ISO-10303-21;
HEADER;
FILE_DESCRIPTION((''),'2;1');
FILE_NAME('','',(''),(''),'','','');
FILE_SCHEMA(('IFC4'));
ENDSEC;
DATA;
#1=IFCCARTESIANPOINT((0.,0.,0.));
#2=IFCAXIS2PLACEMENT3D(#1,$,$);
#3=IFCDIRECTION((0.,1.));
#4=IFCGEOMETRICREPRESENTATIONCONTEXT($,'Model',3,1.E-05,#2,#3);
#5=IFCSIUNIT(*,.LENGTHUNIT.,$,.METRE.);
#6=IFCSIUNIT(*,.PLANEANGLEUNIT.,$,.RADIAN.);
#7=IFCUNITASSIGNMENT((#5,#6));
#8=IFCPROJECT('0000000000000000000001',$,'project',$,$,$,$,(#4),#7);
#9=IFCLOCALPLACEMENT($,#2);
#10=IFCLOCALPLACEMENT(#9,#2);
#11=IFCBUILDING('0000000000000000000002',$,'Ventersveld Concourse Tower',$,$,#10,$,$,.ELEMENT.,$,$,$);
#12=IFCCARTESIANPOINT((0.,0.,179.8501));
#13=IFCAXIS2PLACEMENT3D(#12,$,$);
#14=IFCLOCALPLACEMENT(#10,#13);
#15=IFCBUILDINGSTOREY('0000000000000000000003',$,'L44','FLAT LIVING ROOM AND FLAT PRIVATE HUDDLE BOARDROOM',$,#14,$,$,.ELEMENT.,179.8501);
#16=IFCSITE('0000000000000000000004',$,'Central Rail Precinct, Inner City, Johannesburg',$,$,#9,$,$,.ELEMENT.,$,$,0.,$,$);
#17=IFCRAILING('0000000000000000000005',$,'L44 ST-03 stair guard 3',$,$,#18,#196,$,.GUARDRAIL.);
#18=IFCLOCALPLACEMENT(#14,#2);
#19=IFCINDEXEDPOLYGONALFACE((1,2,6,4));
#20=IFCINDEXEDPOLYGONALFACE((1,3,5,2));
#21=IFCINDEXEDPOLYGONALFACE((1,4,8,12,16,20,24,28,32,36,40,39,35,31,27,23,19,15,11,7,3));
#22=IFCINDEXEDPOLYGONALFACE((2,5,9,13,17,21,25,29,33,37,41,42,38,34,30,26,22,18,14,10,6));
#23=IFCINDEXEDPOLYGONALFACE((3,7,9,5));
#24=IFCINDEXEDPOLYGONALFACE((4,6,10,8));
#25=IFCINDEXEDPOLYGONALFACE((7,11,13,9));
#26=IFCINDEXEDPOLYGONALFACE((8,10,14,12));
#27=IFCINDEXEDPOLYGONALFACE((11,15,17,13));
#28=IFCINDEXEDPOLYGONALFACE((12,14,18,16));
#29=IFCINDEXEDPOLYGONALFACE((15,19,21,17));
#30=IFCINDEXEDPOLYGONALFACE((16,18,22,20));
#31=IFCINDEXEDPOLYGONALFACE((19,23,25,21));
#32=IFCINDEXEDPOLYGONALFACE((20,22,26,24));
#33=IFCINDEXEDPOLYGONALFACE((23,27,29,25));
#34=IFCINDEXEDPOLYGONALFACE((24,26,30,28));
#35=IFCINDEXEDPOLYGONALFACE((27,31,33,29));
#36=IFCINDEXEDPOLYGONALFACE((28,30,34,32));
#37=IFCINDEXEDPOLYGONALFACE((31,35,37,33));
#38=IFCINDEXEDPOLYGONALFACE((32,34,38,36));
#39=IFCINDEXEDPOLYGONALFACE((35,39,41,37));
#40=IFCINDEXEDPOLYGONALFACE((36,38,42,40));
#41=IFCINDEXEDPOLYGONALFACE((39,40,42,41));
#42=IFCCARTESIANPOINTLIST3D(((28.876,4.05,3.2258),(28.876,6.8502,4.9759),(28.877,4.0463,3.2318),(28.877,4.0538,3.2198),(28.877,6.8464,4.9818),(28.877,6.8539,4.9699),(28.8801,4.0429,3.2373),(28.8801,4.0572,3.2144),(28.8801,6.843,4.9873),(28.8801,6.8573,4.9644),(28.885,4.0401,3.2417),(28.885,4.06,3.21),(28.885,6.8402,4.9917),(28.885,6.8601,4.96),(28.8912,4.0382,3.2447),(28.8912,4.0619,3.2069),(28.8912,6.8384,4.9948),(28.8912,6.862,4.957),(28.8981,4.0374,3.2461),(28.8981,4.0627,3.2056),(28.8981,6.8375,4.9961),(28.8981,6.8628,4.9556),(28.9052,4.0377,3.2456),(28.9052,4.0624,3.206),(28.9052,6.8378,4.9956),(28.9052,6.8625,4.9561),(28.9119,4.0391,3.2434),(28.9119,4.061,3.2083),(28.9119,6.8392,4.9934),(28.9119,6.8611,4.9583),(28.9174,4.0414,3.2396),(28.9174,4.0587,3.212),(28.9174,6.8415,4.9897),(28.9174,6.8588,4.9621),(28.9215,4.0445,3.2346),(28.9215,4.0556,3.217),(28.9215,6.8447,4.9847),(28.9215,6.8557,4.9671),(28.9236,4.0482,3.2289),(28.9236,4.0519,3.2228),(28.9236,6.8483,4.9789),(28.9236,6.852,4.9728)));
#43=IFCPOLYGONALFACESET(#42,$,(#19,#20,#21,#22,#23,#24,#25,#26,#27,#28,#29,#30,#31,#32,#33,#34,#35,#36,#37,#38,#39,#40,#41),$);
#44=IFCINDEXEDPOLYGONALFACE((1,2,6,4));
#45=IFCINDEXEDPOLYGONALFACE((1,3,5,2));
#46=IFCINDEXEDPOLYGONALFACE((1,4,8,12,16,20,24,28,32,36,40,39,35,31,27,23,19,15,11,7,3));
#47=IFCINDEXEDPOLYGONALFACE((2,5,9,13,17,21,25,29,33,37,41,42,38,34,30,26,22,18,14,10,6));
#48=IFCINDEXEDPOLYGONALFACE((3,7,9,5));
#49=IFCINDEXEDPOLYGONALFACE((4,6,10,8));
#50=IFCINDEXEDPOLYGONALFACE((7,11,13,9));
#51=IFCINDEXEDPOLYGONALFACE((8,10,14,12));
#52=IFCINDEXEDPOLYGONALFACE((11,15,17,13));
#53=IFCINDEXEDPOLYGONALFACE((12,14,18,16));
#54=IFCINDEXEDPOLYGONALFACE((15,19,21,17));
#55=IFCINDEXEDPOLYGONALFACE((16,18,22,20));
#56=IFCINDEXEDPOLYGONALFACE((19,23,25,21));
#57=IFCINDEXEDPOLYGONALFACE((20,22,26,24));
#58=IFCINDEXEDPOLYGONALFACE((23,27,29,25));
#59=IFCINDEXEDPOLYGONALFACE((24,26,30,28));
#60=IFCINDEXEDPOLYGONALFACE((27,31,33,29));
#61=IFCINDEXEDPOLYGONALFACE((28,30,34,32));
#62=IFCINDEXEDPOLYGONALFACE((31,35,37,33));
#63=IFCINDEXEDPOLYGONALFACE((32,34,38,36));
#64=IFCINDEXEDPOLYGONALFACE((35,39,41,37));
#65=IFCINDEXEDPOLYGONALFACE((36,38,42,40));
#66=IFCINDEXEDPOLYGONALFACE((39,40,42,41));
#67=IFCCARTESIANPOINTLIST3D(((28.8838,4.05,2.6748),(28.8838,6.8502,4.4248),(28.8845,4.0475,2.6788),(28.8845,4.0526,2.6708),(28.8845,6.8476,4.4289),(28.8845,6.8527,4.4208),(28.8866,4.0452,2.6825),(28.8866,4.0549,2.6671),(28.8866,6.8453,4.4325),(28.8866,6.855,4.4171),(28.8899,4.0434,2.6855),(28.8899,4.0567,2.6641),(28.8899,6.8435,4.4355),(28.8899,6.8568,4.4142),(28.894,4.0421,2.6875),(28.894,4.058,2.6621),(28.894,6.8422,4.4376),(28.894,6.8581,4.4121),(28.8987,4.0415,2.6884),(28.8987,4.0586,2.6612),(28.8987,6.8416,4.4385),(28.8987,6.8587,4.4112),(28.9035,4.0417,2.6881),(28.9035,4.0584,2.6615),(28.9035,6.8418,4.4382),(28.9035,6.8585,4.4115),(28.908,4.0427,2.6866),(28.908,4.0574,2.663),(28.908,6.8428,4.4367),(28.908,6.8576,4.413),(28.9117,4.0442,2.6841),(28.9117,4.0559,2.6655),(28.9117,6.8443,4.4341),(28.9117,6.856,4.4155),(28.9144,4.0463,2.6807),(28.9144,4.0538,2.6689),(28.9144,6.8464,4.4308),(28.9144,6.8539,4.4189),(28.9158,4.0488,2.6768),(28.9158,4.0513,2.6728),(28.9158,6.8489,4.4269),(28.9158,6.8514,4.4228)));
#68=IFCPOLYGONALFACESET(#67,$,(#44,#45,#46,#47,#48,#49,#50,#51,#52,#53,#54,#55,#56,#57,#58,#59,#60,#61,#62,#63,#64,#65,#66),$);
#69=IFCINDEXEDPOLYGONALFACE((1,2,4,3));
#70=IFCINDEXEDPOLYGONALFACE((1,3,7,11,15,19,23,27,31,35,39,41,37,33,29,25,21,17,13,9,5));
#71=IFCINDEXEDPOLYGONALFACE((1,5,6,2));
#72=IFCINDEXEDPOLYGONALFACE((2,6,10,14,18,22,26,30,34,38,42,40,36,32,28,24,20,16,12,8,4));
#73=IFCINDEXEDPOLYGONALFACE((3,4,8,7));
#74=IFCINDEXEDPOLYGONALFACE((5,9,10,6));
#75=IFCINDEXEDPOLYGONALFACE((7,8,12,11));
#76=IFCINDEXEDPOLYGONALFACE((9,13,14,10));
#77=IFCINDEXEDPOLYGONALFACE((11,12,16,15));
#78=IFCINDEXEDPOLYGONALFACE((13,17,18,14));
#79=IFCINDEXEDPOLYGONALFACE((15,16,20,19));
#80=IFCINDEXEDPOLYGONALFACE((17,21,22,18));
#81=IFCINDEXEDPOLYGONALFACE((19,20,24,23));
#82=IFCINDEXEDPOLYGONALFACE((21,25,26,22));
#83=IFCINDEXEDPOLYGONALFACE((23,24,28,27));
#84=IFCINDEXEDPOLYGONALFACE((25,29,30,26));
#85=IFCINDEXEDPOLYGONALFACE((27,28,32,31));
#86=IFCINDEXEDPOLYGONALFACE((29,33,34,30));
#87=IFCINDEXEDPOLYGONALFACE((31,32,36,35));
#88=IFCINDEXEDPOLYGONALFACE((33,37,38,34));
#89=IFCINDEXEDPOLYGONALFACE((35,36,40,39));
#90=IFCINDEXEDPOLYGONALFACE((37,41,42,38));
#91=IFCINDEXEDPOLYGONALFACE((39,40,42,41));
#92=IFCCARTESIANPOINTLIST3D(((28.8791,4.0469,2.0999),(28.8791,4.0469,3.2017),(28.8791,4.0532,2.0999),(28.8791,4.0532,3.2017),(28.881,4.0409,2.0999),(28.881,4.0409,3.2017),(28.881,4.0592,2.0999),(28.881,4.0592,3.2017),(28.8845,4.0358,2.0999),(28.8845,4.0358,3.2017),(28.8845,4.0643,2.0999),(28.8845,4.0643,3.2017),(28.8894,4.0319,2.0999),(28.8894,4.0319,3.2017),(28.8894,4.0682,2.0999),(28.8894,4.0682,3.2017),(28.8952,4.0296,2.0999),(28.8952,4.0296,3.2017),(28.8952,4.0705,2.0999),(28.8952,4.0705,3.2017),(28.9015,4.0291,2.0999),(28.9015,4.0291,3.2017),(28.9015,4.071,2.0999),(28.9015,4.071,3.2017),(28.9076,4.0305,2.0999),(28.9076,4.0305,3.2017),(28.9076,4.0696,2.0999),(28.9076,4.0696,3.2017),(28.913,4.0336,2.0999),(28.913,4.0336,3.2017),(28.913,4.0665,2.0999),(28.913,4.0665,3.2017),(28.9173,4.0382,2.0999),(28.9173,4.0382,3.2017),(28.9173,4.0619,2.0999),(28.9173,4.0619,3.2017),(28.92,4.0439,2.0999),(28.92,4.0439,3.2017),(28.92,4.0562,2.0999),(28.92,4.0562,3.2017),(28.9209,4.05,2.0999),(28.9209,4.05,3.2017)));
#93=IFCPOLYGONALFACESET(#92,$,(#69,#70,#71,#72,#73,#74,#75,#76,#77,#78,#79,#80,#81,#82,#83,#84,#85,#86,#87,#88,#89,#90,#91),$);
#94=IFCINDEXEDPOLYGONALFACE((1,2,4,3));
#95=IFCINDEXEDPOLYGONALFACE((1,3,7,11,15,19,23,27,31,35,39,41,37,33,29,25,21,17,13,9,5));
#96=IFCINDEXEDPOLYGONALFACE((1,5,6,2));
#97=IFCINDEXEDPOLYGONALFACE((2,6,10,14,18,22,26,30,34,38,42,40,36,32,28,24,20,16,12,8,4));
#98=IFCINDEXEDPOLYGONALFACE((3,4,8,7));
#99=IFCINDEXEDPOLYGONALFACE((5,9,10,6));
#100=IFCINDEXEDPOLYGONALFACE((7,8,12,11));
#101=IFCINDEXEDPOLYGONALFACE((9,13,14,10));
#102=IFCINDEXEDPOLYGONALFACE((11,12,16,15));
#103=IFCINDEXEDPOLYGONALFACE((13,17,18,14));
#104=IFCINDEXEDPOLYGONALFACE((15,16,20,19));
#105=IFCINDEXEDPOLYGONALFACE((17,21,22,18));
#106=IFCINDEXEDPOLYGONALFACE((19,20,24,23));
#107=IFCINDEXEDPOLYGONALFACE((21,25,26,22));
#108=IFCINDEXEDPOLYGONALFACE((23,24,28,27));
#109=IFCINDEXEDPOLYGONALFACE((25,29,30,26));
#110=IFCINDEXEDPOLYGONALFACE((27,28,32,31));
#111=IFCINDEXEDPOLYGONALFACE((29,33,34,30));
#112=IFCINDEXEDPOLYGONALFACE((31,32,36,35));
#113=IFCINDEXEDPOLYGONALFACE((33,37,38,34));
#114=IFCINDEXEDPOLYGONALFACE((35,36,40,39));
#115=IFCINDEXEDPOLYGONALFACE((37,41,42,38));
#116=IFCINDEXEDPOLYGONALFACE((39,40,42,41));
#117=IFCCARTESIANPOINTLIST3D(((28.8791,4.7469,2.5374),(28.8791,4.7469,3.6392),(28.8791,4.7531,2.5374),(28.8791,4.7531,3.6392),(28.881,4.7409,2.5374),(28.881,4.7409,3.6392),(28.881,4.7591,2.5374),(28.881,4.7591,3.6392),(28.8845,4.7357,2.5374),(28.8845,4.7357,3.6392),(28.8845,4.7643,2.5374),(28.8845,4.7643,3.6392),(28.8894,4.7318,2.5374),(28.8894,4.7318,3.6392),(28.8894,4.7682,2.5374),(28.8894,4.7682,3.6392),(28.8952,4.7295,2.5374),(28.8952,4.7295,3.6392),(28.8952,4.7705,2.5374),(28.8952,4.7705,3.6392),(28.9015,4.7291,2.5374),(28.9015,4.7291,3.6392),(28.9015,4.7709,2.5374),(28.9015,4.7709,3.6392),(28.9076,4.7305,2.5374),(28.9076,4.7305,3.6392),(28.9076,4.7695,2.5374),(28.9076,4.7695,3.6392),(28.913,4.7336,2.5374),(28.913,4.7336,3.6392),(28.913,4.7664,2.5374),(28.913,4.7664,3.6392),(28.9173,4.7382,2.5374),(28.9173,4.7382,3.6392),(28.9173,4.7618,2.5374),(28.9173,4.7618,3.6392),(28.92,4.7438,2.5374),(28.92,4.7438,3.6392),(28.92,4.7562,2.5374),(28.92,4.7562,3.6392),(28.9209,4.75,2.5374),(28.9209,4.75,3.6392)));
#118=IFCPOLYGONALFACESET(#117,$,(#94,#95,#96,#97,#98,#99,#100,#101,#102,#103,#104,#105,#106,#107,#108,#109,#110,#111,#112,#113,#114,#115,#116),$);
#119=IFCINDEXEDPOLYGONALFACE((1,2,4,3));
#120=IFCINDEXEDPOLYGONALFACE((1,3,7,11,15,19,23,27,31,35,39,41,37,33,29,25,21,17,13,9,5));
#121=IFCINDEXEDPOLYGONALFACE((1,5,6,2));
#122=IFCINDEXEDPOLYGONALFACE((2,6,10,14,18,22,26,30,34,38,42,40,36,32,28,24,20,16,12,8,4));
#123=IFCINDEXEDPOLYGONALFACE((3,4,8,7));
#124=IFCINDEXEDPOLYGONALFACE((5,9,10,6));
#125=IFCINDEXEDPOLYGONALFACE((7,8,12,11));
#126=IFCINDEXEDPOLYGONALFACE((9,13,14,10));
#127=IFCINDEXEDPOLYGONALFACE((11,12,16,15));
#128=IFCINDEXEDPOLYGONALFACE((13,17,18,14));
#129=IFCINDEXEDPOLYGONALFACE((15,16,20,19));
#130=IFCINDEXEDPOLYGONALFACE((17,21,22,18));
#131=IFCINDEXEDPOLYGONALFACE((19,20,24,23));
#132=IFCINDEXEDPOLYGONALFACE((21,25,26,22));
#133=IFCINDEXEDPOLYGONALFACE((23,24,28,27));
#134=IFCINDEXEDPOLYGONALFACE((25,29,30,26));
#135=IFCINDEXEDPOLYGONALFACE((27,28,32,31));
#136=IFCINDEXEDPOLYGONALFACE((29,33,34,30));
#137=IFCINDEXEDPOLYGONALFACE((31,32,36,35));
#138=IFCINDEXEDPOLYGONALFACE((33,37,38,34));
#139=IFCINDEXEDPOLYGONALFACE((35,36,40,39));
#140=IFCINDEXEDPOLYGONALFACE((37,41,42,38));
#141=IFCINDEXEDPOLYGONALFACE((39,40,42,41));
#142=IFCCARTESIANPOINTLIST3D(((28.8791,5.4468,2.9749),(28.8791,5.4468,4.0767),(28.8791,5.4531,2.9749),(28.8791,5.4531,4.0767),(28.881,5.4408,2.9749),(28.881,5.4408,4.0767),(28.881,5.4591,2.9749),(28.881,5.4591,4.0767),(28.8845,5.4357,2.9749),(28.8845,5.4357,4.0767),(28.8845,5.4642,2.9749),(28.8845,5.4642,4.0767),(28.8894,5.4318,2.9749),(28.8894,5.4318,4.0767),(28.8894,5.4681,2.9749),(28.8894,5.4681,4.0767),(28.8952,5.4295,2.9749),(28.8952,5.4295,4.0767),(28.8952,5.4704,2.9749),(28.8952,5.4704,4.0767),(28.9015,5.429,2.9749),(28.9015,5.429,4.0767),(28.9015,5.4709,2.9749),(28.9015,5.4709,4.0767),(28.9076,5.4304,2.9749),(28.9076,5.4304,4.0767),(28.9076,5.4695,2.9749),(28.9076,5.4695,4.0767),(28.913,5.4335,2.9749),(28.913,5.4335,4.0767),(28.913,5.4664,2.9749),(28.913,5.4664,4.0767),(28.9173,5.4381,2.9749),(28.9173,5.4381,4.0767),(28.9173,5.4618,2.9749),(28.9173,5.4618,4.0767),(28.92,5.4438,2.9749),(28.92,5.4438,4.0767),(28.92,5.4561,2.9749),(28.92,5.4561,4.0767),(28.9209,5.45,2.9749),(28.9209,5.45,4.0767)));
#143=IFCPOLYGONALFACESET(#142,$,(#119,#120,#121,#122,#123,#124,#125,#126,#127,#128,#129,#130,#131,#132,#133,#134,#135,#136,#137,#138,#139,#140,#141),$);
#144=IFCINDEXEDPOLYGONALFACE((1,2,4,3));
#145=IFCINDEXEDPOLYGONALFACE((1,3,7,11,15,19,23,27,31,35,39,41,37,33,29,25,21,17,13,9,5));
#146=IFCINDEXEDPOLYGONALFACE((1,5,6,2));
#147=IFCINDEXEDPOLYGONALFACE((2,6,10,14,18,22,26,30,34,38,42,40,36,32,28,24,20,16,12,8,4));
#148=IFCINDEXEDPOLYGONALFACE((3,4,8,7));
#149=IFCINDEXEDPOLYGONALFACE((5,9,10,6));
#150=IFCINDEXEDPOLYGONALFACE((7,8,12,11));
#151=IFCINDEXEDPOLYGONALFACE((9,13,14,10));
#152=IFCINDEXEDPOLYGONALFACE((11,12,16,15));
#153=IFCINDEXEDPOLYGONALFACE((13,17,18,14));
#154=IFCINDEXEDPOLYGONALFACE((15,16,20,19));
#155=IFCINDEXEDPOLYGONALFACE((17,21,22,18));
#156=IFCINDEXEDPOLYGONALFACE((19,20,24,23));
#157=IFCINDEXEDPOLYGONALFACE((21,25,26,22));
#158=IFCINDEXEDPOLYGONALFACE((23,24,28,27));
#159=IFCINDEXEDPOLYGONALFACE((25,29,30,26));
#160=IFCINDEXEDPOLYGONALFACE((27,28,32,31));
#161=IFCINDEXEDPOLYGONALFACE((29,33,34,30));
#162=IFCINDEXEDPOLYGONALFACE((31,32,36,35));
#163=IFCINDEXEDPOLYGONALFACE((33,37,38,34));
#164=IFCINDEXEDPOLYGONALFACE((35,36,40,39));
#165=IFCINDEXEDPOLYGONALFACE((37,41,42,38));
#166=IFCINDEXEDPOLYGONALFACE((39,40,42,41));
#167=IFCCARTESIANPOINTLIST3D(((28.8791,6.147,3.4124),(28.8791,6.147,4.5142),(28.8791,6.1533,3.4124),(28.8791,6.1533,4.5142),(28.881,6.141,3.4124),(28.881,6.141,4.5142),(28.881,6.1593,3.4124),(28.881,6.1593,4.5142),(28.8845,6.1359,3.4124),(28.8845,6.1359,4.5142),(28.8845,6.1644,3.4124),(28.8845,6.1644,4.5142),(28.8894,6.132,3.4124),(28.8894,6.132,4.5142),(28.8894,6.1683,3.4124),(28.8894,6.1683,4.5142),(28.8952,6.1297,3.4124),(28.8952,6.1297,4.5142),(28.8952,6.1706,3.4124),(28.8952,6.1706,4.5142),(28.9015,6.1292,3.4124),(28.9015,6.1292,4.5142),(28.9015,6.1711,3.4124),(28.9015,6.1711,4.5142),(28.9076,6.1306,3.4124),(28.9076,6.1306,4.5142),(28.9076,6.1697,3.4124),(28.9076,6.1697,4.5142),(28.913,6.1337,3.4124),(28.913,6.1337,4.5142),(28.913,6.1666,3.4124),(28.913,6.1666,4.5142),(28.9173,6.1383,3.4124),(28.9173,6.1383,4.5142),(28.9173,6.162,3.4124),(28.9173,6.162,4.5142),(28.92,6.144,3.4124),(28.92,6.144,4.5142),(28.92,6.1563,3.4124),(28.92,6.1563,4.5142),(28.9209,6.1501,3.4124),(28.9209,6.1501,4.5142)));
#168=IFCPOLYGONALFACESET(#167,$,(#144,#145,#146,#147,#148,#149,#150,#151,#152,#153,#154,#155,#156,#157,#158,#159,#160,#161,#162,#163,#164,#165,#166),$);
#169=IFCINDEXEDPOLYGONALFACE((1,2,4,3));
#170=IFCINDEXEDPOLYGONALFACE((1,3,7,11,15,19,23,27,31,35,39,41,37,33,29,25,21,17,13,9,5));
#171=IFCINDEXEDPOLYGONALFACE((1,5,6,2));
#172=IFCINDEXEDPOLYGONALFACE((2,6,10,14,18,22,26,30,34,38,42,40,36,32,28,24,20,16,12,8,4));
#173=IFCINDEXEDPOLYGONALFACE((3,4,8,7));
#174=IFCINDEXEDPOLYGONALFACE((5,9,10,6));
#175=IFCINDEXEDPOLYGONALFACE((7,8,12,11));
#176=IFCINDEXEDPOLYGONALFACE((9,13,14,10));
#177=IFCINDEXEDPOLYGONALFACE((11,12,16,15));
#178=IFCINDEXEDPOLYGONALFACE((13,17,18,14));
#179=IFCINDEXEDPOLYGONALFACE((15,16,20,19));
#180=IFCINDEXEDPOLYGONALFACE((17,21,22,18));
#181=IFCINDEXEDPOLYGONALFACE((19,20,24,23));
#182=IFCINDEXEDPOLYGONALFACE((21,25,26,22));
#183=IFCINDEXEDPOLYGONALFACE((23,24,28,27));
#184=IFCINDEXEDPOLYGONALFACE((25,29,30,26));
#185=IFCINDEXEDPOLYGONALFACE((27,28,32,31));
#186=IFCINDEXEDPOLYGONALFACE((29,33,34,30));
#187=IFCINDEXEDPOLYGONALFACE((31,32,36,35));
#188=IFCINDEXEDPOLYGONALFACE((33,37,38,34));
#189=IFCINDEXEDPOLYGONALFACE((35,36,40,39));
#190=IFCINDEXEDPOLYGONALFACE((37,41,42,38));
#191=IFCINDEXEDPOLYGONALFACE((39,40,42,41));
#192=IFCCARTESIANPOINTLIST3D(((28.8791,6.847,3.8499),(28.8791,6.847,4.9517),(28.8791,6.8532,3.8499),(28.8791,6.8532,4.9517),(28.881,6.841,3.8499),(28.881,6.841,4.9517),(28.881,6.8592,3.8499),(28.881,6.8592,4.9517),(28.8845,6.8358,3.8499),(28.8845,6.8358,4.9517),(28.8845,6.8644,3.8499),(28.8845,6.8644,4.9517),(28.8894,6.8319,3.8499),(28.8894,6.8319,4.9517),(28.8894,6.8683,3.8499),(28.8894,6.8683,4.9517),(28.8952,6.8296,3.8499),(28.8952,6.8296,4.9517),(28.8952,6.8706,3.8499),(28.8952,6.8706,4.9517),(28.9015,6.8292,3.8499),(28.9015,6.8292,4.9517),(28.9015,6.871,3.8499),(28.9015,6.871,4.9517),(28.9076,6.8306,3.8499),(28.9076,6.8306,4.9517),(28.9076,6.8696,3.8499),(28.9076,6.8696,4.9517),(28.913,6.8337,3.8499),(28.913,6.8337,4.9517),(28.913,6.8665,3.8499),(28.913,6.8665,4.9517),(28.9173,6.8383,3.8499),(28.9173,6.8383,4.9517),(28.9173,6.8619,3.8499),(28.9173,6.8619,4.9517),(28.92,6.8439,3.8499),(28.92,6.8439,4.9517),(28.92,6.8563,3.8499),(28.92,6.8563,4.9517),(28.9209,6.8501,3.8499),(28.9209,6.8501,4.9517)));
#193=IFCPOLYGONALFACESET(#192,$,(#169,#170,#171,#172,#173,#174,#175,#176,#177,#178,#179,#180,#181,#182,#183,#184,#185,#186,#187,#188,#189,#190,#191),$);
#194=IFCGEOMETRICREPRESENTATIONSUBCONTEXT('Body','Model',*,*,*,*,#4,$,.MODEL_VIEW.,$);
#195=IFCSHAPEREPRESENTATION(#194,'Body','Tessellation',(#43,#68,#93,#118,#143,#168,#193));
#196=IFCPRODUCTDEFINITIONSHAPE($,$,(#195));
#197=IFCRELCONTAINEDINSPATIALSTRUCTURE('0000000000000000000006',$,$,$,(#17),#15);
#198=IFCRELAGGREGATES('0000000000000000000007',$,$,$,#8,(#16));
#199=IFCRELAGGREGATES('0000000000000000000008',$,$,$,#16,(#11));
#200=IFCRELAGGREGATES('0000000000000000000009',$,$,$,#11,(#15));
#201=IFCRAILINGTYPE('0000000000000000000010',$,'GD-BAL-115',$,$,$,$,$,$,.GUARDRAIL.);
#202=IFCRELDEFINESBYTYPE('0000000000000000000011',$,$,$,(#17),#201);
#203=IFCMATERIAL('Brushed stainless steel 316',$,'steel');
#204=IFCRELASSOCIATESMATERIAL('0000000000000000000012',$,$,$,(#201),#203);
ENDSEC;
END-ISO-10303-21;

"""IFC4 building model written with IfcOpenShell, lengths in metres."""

from ifc_helpers import new_model, si_unit, direction, frame, origin, origin_2d, place, context, subcontext, project, spatial, circle, extrude, material, type_object, element, save


model = new_model("IFC4")

# Units and contexts
model_context = context("Model", 3, precision=1e-05, world=origin(), true_north=direction((0.0, 1.0)))
body_context = subcontext(model_context, "Body", "Model", "MODEL_VIEW")
ifc_project = project(units=[si_unit("LENGTHUNIT", "METRE"), si_unit("PLANEANGLEUNIT", "RADIAN")], contexts=[model_context])

# Site, building, storey
site_placement = place(None, origin())
site = spatial("IfcSite", under=ifc_project, at=site_placement, Name="Central Rail Precinct, Inner City, Johannesburg", CompositionType="ELEMENT", RefElevation=0.0)
building_placement = place(site_placement, origin())
building = spatial("IfcBuilding", under=site, at=building_placement, Name="Ventersveld Concourse Tower", CompositionType="ELEMENT")
storey_placement = place(building_placement, frame((0.0, 0.0, 179.8501)))
storey = spatial("IfcBuildingStorey", under=building, at=storey_placement, Name="L44", Description="FLAT LIVING ROOM AND FLAT PRIVATE HUDDLE BOARDROOM", CompositionType="ELEMENT", Elevation=179.8501)

# Shared definitions
ifc_material_1 = material(Name="Brushed stainless steel 316", Category="steel")

# Railing
railing_type_1 = type_object("IfcRailingType", Name="GD-BAL-115", PredefinedType="GUARDRAIL", material=ifc_material_1)
railing_1_placement = place(storey_placement, frame((28.8999, 4.05, 2.0999)))
element("IfcRailing", 1, at=railing_1_placement, inside=storey, type_object=railing_type_1, Name="L44 ST-03 stair guard 3", PredefinedType="GUARDRAIL", context=body_context, shape_type="SweptSolid", body=[
    extrude(circle(Radius=0.0239, at=origin_2d()), frame((0.0, 0.0, 1.126), z_axis=(0.0, 0.848002, 0.529992), x_axis=(-1.0, 0.0, 0.0)), (0.0, 0.0, 1.0), 3.302),
    extrude(circle(Radius=0.0161, at=origin_2d()), frame((0.0, 0.0, 0.575), z_axis=(0.0, 0.848002, 0.529992), x_axis=(-1.0, 0.0, 0.0)), (0.0, 0.0, 1.0), 3.302),
    extrude(circle(Radius=0.021, at=origin_2d()), origin(), (0.0, 0.0, 1.0), 1.1018),
    extrude(circle(Radius=0.021, at=origin_2d()), frame((0.0, 0.7, 0.4375)), (0.0, 0.0, 1.0), 1.1018),
    extrude(circle(Radius=0.021, at=origin_2d()), frame((0.0, 1.3999, 0.875)), (0.0, 0.0, 1.0), 1.1018),
    extrude(circle(Radius=0.021, at=origin_2d()), frame((0.0, 2.1001, 1.3125)), (0.0, 0.0, 1.0), 1.1018),
    extrude(circle(Radius=0.021, at=origin_2d()), frame((0.0, 2.8, 1.75)), (0.0, 0.0, 1.0), 1.1018),
])

save(model, "model.ifc")
